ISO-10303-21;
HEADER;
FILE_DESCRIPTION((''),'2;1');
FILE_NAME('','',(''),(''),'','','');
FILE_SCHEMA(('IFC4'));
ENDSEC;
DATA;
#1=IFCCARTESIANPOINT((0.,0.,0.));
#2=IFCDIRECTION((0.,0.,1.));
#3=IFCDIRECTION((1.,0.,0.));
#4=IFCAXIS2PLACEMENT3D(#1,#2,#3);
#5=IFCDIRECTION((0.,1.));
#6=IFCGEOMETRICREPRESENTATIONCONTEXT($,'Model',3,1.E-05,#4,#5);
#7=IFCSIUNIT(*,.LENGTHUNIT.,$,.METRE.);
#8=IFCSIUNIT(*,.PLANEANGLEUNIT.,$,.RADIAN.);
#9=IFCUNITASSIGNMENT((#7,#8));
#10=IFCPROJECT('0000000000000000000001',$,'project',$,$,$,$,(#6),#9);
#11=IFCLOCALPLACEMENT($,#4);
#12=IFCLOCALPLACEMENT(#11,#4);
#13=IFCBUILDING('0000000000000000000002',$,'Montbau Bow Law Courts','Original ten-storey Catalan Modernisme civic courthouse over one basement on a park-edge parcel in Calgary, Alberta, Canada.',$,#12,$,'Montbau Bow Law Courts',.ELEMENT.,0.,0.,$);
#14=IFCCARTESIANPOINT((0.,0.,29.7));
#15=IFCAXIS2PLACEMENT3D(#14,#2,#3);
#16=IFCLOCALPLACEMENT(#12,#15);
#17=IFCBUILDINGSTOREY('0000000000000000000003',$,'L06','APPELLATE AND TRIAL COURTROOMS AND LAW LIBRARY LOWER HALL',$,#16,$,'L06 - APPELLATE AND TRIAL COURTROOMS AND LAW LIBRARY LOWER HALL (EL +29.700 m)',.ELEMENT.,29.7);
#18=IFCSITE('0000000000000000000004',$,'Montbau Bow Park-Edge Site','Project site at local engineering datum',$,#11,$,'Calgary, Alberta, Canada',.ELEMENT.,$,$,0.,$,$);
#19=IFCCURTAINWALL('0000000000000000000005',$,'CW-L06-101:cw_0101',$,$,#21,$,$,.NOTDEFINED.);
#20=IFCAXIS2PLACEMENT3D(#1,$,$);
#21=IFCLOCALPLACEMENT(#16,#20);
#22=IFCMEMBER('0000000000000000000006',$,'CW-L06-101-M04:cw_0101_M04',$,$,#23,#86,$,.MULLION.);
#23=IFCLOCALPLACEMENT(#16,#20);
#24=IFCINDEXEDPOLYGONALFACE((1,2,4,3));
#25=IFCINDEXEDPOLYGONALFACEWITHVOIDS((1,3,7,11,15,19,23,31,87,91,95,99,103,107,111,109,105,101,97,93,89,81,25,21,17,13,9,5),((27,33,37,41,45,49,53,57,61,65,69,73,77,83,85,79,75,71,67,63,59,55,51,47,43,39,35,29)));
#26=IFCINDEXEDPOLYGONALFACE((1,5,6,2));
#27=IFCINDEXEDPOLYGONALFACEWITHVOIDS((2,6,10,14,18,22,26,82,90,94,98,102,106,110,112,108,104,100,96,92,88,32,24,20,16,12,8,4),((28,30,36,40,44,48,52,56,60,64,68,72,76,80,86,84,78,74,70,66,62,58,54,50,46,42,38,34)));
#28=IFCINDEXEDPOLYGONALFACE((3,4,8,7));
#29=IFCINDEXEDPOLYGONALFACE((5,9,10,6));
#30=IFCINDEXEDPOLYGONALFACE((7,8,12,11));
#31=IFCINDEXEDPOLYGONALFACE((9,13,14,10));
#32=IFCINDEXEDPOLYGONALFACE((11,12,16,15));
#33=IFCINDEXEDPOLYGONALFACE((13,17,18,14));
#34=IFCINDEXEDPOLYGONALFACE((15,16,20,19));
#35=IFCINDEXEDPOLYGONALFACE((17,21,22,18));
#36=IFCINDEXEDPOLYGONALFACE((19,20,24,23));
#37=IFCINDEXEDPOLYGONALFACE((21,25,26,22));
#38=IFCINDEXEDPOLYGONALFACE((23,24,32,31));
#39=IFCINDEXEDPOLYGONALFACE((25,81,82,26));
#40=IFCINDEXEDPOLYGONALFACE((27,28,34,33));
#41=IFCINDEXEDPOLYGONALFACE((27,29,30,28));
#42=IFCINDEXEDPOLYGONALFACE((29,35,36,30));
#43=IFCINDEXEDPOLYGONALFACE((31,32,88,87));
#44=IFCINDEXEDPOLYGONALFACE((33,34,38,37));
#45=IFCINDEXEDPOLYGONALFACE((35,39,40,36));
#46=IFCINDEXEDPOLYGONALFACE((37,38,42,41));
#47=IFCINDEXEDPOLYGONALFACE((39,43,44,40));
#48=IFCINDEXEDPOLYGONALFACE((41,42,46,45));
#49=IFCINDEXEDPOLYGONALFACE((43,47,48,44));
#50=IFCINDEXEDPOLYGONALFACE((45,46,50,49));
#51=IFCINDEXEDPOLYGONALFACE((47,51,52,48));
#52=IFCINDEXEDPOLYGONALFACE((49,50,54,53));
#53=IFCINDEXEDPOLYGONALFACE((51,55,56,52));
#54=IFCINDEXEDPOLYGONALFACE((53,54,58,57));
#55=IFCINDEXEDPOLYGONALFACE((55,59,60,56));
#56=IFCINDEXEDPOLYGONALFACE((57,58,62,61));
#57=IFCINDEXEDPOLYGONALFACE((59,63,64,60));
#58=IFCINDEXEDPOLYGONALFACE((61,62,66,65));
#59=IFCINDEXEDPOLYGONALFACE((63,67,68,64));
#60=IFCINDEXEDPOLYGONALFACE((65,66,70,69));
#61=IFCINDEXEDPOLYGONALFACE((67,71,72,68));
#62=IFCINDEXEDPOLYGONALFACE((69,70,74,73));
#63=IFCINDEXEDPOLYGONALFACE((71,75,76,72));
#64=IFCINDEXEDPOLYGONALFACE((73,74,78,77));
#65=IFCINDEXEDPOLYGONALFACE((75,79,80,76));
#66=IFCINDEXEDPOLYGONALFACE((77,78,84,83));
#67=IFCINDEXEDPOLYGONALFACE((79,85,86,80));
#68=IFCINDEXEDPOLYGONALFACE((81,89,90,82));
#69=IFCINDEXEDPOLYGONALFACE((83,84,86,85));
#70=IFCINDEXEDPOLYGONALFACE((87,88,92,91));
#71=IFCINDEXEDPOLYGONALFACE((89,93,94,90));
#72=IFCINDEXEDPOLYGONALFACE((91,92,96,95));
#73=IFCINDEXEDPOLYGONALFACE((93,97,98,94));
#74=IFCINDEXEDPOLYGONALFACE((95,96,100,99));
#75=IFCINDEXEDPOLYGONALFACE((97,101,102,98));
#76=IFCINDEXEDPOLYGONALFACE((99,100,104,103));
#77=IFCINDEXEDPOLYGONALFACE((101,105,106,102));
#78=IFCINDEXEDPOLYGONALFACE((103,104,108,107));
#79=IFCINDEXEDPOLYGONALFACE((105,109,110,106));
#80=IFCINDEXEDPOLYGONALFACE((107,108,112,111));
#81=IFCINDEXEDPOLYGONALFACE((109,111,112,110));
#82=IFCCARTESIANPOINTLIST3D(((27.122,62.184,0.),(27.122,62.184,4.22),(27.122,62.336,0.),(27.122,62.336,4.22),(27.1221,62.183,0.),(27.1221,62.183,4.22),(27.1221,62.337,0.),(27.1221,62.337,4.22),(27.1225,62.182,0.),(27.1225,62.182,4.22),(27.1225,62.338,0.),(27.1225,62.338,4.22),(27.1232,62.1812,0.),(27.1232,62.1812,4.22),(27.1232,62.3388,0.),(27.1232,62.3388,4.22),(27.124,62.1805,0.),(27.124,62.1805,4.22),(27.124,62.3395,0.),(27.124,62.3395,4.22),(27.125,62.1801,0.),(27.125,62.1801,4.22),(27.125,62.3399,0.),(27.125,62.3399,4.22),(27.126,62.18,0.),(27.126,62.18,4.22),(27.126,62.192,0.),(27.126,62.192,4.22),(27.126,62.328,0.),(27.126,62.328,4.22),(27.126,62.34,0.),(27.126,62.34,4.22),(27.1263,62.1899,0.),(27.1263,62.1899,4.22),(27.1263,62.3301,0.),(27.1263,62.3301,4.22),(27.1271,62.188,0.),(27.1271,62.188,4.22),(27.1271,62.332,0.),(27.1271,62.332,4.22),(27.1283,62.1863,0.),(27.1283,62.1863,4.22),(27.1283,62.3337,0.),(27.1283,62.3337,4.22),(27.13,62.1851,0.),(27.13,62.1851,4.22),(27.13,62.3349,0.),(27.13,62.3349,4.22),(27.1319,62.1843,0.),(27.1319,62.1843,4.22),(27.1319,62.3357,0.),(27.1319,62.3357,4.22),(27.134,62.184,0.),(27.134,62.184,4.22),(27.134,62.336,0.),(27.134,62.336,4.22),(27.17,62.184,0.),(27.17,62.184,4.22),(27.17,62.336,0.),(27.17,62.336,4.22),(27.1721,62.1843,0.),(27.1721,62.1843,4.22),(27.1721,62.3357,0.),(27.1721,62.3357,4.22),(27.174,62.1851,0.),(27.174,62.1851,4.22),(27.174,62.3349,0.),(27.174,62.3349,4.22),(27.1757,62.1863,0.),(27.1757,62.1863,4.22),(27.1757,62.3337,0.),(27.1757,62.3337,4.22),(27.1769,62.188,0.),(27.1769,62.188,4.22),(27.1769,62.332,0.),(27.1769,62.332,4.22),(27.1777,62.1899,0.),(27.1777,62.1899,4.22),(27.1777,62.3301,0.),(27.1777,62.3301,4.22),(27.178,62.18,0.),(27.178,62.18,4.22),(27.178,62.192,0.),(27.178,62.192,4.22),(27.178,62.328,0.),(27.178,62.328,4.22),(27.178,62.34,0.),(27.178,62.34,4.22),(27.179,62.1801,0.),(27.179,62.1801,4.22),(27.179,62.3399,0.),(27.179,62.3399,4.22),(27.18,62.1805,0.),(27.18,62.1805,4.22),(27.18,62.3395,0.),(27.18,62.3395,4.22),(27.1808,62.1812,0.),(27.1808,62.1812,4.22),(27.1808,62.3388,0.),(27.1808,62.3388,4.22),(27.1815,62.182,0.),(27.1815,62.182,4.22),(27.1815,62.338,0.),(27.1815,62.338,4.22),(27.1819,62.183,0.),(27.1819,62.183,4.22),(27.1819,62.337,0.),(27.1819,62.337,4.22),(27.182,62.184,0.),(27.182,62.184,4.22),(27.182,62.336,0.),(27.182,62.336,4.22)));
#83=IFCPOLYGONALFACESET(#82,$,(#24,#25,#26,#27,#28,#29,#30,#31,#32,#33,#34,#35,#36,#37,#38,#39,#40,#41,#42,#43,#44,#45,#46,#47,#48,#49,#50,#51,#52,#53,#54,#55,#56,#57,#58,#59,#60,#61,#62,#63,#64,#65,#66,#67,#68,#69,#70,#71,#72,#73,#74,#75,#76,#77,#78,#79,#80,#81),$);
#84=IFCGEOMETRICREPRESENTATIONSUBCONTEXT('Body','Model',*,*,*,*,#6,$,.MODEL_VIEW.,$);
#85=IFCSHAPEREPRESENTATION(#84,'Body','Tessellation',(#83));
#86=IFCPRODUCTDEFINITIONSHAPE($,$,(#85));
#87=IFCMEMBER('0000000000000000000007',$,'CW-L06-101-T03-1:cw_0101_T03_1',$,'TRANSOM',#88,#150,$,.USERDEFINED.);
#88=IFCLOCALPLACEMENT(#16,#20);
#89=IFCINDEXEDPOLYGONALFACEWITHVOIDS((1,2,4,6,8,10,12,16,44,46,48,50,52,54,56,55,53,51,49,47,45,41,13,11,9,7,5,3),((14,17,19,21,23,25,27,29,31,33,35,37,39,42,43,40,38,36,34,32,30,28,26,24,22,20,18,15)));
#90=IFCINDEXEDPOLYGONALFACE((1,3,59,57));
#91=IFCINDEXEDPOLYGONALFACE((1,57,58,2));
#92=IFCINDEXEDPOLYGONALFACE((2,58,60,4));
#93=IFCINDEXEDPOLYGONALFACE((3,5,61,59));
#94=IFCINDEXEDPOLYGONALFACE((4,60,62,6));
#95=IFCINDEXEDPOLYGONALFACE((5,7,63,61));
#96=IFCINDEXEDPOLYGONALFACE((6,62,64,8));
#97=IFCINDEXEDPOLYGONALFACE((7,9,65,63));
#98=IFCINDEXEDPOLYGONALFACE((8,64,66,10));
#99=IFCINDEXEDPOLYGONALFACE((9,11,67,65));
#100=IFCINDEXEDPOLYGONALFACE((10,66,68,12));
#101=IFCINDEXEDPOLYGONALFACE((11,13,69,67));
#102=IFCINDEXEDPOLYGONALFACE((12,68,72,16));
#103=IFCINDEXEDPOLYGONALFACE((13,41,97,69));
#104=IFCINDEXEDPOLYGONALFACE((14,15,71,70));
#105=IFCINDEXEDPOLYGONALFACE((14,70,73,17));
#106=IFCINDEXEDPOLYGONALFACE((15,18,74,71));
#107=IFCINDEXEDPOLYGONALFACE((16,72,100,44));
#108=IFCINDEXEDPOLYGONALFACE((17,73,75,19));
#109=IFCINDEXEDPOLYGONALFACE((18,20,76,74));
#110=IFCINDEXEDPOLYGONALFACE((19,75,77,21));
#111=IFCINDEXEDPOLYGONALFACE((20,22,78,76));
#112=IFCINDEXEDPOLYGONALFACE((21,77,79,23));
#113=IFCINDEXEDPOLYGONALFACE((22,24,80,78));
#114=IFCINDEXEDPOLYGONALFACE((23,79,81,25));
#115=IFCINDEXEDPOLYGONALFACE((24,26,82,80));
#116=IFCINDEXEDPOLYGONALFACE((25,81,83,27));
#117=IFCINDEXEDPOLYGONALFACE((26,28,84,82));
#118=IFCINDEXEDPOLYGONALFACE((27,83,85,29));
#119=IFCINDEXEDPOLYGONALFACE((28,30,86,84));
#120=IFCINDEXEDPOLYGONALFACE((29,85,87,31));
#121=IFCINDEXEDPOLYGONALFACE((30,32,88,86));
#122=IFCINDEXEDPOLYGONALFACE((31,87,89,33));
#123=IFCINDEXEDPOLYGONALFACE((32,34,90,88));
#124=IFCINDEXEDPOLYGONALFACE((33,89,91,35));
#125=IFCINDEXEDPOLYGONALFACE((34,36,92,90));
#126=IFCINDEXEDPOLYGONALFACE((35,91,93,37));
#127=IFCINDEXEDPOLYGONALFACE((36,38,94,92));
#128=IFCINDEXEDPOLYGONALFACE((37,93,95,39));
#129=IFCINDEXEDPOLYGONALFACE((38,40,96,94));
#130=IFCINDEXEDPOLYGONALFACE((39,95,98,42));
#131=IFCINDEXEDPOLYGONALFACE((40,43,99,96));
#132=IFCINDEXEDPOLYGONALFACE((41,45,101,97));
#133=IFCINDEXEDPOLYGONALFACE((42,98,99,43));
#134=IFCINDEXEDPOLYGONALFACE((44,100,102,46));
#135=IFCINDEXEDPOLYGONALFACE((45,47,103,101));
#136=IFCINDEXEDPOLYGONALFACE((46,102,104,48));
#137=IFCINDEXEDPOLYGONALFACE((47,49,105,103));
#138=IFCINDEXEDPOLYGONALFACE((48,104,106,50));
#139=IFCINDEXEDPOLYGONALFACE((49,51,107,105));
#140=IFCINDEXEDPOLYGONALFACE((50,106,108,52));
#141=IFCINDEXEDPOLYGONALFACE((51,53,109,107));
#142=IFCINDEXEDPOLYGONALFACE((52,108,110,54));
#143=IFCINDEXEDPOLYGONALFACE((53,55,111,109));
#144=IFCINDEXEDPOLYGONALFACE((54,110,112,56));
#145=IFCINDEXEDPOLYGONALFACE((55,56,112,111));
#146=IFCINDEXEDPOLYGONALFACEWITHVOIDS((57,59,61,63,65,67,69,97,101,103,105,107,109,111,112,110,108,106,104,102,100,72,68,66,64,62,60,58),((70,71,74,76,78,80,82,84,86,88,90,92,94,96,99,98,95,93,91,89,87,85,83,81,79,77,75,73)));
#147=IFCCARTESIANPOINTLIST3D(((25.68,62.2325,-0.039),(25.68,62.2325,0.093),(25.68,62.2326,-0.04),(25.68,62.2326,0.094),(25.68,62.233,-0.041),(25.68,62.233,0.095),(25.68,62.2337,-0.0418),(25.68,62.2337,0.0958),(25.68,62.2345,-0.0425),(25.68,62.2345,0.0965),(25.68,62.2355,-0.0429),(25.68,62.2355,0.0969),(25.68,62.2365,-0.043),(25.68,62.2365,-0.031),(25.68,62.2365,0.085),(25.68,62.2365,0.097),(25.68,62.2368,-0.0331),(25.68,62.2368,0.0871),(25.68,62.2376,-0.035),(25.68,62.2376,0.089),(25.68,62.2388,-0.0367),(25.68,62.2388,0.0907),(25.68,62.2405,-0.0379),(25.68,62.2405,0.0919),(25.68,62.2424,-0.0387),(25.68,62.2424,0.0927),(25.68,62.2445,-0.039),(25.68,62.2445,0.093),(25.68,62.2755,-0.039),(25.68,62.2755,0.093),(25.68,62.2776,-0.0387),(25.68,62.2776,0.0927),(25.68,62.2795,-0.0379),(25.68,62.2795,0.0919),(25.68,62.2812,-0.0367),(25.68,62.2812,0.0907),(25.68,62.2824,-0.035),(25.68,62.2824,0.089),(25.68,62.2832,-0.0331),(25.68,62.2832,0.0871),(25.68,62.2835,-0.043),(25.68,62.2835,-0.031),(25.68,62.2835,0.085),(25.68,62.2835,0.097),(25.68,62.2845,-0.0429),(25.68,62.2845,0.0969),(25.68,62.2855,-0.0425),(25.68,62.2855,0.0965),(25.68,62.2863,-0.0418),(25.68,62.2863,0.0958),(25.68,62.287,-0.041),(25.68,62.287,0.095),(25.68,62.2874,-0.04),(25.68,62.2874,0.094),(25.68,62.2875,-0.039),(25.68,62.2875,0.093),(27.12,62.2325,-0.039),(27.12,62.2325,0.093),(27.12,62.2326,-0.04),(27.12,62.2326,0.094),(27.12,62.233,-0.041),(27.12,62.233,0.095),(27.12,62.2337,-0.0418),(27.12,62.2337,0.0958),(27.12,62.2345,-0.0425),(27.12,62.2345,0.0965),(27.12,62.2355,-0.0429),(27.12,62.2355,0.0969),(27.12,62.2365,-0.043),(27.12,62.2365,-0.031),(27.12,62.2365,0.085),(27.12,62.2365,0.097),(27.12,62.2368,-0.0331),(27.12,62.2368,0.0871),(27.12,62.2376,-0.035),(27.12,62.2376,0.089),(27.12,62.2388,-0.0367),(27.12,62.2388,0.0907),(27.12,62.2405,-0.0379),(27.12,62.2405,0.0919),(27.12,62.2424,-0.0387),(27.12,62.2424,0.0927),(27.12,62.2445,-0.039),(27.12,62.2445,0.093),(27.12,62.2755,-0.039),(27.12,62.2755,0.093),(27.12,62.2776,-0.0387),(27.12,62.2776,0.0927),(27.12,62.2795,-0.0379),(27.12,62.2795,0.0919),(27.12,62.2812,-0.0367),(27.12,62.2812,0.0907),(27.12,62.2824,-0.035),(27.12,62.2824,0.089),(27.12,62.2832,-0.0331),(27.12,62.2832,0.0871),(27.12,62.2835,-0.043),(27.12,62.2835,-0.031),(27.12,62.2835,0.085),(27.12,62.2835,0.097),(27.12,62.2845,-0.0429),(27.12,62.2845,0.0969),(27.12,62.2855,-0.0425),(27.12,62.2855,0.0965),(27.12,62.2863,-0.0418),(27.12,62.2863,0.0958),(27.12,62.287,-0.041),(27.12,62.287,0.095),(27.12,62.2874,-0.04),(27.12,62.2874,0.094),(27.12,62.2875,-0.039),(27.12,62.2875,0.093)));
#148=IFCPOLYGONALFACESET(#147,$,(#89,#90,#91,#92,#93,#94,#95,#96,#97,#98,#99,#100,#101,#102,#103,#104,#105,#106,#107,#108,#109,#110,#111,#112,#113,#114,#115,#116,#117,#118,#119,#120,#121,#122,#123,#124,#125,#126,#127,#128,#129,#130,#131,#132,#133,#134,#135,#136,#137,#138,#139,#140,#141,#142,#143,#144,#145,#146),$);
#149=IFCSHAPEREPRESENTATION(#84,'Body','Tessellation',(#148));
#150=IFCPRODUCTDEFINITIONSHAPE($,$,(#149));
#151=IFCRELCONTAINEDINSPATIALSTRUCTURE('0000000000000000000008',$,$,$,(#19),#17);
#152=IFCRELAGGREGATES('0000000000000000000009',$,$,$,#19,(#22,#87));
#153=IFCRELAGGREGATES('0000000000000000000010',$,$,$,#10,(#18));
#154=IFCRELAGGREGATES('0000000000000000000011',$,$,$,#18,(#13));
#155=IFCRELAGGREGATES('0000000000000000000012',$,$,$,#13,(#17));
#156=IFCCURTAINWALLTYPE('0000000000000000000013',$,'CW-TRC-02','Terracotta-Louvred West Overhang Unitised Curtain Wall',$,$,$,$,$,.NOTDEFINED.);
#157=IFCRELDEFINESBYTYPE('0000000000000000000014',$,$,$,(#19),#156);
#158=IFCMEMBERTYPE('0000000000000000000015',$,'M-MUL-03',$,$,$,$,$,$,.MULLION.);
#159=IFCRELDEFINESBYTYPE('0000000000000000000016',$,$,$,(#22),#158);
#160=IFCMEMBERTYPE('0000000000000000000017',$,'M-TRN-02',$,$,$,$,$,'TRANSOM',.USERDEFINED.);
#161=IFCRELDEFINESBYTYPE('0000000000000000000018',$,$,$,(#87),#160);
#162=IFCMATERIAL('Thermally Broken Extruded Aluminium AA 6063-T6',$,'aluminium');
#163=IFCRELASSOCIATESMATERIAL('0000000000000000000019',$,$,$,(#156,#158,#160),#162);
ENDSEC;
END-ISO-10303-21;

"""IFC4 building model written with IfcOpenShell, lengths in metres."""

from ifc_helpers import new_model, si_unit, direction, frame, origin_with_axes, origin_2d_with_axis, place, context, subcontext, project, spatial, hollow_rectangle, extrude, material, material_profile, profile_set, type_object, element, aggregate, save


model = new_model("IFC4")

# Units and contexts
model_context = context("Model", 3, precision=1e-05, world=origin_with_axes(), true_north=direction((0.0, 1.0)))
body_context = subcontext(model_context, "Body", "Model", "MODEL_VIEW")
ifc_project = project(units=[si_unit("LENGTHUNIT", "METRE"), si_unit("PLANEANGLEUNIT", "RADIAN")], contexts=[model_context])

# Site, building, storey
site_placement = place(None, origin_with_axes())
site = spatial("IfcSite", under=ifc_project, at=site_placement, Name="Montbau Bow Park-Edge Site", Description="Project site at local engineering datum", LongName="Calgary, Alberta, Canada", CompositionType="ELEMENT", RefElevation=0.0)
building_placement = place(site_placement, origin_with_axes())
building = spatial("IfcBuilding", under=site, at=building_placement, Name="Montbau Bow Law Courts", Description="Original ten-storey Catalan Modernisme civic courthouse over one basement on a park-edge parcel in Calgary, Alberta, Canada.", LongName="Montbau Bow Law Courts", CompositionType="ELEMENT", ElevationOfRefHeight=0.0, ElevationOfTerrain=0.0)
storey_placement = place(building_placement, frame((0.0, 0.0, 29.7), z_axis=(0.0, 0.0, 1.0), x_axis=(1.0, 0.0, 0.0)))
storey = spatial("IfcBuildingStorey", under=building, at=storey_placement, Name="L06", Description="APPELLATE AND TRIAL COURTROOMS AND LAW LIBRARY LOWER HALL", LongName="L06 - APPELLATE AND TRIAL COURTROOMS AND LAW LIBRARY LOWER HALL (EL +29.700 m)", CompositionType="ELEMENT", Elevation=29.7)

# Curtain wall, members
ifc_material_1 = material(Name="Thermally Broken Extruded Aluminium AA 6063-T6", Category="aluminium")
curtain_wall_type = type_object("IfcCurtainWallType", Name="CW-TRC-02", Description="Terracotta-Louvred West Overhang Unitised Curtain Wall", PredefinedType="NOTDEFINED", material=ifc_material_1)
curtain_wall_placement = place(None, frame((22.64, 62.26, 29.7), z_axis=(0.0, 0.0, 1.0), x_axis=(1.0, 0.0, 0.0)))
curtain_wall = element("IfcCurtainWall", 1, at=curtain_wall_placement, inside=storey, type_object=curtain_wall_type, Name="CW-L06-101:cw_0101", PredefinedType="NOTDEFINED")
ifc_material_profile_1 = material_profile(ifc_material_1, hollow_rectangle(XDim=0.06, YDim=0.16, WallThickness=0.004, InnerFilletRadius=0.008, OuterFilletRadius=0.004, at=origin_2d_with_axis()), Name="CWM-160X60", Category="Main", Priority=0)
ifc_profile_set_1 = profile_set([ifc_material_profile_1], Name="Thermally Broken Extruded Aluminium AA 6063-T6")
member_type_1 = type_object("IfcMemberType", Name="M-MUL-03", PredefinedType="MULLION", material=ifc_profile_set_1)
member_1_placement = place(None, frame((27.152, 62.26, 29.7), z_axis=(0.0, 0.0, 1.0), x_axis=(1.0, 0.0, 0.0)))
member_1 = element("IfcMember", 2, at=member_1_placement, type_object=member_type_1, Name="CW-L06-101-M04:cw_0101_M04", PredefinedType="MULLION", context=body_context, shape_type="SweptSolid", body=[
    extrude(hollow_rectangle(XDim=0.06, YDim=0.16, WallThickness=0.004, InnerFilletRadius=0.008, OuterFilletRadius=0.004, at=origin_2d_with_axis()), origin_with_axes(), (0.0, 0.0, 1.0), 4.22),
])
ifc_material_profile_2 = material_profile(ifc_material_1, hollow_rectangle(XDim=0.055, YDim=0.14, WallThickness=0.004, InnerFilletRadius=0.008, OuterFilletRadius=0.004, at=origin_2d_with_axis()), Name="CWT-140X55", Category="Main", Priority=0)
ifc_profile_set_2 = profile_set([ifc_material_profile_2], Name="Thermally Broken Extruded Aluminium AA 6063-T6")
member_type_2 = type_object("IfcMemberType", Name="M-TRN-02", ElementType="TRANSOM", PredefinedType="USERDEFINED", material=ifc_profile_set_2)
member_2_placement = place(None, frame((25.68, 62.26, 29.727), z_axis=(1.0, 0.0, 0.0), x_axis=(0.0, 1.0, 0.0)))
member_2 = element("IfcMember", 3, at=member_2_placement, type_object=member_type_2, Name="CW-L06-101-T03-1:cw_0101_T03_1", ObjectType="TRANSOM", PredefinedType="USERDEFINED", context=body_context, shape_type="SweptSolid", body=[
    extrude(hollow_rectangle(XDim=0.055, YDim=0.14, WallThickness=0.004, InnerFilletRadius=0.008, OuterFilletRadius=0.004, at=origin_2d_with_axis()), origin_with_axes(), (0.0, 0.0, 1.0), 1.44),
])
aggregate(curtain_wall, [member_1, member_2])

save(model, "model.ifc")
